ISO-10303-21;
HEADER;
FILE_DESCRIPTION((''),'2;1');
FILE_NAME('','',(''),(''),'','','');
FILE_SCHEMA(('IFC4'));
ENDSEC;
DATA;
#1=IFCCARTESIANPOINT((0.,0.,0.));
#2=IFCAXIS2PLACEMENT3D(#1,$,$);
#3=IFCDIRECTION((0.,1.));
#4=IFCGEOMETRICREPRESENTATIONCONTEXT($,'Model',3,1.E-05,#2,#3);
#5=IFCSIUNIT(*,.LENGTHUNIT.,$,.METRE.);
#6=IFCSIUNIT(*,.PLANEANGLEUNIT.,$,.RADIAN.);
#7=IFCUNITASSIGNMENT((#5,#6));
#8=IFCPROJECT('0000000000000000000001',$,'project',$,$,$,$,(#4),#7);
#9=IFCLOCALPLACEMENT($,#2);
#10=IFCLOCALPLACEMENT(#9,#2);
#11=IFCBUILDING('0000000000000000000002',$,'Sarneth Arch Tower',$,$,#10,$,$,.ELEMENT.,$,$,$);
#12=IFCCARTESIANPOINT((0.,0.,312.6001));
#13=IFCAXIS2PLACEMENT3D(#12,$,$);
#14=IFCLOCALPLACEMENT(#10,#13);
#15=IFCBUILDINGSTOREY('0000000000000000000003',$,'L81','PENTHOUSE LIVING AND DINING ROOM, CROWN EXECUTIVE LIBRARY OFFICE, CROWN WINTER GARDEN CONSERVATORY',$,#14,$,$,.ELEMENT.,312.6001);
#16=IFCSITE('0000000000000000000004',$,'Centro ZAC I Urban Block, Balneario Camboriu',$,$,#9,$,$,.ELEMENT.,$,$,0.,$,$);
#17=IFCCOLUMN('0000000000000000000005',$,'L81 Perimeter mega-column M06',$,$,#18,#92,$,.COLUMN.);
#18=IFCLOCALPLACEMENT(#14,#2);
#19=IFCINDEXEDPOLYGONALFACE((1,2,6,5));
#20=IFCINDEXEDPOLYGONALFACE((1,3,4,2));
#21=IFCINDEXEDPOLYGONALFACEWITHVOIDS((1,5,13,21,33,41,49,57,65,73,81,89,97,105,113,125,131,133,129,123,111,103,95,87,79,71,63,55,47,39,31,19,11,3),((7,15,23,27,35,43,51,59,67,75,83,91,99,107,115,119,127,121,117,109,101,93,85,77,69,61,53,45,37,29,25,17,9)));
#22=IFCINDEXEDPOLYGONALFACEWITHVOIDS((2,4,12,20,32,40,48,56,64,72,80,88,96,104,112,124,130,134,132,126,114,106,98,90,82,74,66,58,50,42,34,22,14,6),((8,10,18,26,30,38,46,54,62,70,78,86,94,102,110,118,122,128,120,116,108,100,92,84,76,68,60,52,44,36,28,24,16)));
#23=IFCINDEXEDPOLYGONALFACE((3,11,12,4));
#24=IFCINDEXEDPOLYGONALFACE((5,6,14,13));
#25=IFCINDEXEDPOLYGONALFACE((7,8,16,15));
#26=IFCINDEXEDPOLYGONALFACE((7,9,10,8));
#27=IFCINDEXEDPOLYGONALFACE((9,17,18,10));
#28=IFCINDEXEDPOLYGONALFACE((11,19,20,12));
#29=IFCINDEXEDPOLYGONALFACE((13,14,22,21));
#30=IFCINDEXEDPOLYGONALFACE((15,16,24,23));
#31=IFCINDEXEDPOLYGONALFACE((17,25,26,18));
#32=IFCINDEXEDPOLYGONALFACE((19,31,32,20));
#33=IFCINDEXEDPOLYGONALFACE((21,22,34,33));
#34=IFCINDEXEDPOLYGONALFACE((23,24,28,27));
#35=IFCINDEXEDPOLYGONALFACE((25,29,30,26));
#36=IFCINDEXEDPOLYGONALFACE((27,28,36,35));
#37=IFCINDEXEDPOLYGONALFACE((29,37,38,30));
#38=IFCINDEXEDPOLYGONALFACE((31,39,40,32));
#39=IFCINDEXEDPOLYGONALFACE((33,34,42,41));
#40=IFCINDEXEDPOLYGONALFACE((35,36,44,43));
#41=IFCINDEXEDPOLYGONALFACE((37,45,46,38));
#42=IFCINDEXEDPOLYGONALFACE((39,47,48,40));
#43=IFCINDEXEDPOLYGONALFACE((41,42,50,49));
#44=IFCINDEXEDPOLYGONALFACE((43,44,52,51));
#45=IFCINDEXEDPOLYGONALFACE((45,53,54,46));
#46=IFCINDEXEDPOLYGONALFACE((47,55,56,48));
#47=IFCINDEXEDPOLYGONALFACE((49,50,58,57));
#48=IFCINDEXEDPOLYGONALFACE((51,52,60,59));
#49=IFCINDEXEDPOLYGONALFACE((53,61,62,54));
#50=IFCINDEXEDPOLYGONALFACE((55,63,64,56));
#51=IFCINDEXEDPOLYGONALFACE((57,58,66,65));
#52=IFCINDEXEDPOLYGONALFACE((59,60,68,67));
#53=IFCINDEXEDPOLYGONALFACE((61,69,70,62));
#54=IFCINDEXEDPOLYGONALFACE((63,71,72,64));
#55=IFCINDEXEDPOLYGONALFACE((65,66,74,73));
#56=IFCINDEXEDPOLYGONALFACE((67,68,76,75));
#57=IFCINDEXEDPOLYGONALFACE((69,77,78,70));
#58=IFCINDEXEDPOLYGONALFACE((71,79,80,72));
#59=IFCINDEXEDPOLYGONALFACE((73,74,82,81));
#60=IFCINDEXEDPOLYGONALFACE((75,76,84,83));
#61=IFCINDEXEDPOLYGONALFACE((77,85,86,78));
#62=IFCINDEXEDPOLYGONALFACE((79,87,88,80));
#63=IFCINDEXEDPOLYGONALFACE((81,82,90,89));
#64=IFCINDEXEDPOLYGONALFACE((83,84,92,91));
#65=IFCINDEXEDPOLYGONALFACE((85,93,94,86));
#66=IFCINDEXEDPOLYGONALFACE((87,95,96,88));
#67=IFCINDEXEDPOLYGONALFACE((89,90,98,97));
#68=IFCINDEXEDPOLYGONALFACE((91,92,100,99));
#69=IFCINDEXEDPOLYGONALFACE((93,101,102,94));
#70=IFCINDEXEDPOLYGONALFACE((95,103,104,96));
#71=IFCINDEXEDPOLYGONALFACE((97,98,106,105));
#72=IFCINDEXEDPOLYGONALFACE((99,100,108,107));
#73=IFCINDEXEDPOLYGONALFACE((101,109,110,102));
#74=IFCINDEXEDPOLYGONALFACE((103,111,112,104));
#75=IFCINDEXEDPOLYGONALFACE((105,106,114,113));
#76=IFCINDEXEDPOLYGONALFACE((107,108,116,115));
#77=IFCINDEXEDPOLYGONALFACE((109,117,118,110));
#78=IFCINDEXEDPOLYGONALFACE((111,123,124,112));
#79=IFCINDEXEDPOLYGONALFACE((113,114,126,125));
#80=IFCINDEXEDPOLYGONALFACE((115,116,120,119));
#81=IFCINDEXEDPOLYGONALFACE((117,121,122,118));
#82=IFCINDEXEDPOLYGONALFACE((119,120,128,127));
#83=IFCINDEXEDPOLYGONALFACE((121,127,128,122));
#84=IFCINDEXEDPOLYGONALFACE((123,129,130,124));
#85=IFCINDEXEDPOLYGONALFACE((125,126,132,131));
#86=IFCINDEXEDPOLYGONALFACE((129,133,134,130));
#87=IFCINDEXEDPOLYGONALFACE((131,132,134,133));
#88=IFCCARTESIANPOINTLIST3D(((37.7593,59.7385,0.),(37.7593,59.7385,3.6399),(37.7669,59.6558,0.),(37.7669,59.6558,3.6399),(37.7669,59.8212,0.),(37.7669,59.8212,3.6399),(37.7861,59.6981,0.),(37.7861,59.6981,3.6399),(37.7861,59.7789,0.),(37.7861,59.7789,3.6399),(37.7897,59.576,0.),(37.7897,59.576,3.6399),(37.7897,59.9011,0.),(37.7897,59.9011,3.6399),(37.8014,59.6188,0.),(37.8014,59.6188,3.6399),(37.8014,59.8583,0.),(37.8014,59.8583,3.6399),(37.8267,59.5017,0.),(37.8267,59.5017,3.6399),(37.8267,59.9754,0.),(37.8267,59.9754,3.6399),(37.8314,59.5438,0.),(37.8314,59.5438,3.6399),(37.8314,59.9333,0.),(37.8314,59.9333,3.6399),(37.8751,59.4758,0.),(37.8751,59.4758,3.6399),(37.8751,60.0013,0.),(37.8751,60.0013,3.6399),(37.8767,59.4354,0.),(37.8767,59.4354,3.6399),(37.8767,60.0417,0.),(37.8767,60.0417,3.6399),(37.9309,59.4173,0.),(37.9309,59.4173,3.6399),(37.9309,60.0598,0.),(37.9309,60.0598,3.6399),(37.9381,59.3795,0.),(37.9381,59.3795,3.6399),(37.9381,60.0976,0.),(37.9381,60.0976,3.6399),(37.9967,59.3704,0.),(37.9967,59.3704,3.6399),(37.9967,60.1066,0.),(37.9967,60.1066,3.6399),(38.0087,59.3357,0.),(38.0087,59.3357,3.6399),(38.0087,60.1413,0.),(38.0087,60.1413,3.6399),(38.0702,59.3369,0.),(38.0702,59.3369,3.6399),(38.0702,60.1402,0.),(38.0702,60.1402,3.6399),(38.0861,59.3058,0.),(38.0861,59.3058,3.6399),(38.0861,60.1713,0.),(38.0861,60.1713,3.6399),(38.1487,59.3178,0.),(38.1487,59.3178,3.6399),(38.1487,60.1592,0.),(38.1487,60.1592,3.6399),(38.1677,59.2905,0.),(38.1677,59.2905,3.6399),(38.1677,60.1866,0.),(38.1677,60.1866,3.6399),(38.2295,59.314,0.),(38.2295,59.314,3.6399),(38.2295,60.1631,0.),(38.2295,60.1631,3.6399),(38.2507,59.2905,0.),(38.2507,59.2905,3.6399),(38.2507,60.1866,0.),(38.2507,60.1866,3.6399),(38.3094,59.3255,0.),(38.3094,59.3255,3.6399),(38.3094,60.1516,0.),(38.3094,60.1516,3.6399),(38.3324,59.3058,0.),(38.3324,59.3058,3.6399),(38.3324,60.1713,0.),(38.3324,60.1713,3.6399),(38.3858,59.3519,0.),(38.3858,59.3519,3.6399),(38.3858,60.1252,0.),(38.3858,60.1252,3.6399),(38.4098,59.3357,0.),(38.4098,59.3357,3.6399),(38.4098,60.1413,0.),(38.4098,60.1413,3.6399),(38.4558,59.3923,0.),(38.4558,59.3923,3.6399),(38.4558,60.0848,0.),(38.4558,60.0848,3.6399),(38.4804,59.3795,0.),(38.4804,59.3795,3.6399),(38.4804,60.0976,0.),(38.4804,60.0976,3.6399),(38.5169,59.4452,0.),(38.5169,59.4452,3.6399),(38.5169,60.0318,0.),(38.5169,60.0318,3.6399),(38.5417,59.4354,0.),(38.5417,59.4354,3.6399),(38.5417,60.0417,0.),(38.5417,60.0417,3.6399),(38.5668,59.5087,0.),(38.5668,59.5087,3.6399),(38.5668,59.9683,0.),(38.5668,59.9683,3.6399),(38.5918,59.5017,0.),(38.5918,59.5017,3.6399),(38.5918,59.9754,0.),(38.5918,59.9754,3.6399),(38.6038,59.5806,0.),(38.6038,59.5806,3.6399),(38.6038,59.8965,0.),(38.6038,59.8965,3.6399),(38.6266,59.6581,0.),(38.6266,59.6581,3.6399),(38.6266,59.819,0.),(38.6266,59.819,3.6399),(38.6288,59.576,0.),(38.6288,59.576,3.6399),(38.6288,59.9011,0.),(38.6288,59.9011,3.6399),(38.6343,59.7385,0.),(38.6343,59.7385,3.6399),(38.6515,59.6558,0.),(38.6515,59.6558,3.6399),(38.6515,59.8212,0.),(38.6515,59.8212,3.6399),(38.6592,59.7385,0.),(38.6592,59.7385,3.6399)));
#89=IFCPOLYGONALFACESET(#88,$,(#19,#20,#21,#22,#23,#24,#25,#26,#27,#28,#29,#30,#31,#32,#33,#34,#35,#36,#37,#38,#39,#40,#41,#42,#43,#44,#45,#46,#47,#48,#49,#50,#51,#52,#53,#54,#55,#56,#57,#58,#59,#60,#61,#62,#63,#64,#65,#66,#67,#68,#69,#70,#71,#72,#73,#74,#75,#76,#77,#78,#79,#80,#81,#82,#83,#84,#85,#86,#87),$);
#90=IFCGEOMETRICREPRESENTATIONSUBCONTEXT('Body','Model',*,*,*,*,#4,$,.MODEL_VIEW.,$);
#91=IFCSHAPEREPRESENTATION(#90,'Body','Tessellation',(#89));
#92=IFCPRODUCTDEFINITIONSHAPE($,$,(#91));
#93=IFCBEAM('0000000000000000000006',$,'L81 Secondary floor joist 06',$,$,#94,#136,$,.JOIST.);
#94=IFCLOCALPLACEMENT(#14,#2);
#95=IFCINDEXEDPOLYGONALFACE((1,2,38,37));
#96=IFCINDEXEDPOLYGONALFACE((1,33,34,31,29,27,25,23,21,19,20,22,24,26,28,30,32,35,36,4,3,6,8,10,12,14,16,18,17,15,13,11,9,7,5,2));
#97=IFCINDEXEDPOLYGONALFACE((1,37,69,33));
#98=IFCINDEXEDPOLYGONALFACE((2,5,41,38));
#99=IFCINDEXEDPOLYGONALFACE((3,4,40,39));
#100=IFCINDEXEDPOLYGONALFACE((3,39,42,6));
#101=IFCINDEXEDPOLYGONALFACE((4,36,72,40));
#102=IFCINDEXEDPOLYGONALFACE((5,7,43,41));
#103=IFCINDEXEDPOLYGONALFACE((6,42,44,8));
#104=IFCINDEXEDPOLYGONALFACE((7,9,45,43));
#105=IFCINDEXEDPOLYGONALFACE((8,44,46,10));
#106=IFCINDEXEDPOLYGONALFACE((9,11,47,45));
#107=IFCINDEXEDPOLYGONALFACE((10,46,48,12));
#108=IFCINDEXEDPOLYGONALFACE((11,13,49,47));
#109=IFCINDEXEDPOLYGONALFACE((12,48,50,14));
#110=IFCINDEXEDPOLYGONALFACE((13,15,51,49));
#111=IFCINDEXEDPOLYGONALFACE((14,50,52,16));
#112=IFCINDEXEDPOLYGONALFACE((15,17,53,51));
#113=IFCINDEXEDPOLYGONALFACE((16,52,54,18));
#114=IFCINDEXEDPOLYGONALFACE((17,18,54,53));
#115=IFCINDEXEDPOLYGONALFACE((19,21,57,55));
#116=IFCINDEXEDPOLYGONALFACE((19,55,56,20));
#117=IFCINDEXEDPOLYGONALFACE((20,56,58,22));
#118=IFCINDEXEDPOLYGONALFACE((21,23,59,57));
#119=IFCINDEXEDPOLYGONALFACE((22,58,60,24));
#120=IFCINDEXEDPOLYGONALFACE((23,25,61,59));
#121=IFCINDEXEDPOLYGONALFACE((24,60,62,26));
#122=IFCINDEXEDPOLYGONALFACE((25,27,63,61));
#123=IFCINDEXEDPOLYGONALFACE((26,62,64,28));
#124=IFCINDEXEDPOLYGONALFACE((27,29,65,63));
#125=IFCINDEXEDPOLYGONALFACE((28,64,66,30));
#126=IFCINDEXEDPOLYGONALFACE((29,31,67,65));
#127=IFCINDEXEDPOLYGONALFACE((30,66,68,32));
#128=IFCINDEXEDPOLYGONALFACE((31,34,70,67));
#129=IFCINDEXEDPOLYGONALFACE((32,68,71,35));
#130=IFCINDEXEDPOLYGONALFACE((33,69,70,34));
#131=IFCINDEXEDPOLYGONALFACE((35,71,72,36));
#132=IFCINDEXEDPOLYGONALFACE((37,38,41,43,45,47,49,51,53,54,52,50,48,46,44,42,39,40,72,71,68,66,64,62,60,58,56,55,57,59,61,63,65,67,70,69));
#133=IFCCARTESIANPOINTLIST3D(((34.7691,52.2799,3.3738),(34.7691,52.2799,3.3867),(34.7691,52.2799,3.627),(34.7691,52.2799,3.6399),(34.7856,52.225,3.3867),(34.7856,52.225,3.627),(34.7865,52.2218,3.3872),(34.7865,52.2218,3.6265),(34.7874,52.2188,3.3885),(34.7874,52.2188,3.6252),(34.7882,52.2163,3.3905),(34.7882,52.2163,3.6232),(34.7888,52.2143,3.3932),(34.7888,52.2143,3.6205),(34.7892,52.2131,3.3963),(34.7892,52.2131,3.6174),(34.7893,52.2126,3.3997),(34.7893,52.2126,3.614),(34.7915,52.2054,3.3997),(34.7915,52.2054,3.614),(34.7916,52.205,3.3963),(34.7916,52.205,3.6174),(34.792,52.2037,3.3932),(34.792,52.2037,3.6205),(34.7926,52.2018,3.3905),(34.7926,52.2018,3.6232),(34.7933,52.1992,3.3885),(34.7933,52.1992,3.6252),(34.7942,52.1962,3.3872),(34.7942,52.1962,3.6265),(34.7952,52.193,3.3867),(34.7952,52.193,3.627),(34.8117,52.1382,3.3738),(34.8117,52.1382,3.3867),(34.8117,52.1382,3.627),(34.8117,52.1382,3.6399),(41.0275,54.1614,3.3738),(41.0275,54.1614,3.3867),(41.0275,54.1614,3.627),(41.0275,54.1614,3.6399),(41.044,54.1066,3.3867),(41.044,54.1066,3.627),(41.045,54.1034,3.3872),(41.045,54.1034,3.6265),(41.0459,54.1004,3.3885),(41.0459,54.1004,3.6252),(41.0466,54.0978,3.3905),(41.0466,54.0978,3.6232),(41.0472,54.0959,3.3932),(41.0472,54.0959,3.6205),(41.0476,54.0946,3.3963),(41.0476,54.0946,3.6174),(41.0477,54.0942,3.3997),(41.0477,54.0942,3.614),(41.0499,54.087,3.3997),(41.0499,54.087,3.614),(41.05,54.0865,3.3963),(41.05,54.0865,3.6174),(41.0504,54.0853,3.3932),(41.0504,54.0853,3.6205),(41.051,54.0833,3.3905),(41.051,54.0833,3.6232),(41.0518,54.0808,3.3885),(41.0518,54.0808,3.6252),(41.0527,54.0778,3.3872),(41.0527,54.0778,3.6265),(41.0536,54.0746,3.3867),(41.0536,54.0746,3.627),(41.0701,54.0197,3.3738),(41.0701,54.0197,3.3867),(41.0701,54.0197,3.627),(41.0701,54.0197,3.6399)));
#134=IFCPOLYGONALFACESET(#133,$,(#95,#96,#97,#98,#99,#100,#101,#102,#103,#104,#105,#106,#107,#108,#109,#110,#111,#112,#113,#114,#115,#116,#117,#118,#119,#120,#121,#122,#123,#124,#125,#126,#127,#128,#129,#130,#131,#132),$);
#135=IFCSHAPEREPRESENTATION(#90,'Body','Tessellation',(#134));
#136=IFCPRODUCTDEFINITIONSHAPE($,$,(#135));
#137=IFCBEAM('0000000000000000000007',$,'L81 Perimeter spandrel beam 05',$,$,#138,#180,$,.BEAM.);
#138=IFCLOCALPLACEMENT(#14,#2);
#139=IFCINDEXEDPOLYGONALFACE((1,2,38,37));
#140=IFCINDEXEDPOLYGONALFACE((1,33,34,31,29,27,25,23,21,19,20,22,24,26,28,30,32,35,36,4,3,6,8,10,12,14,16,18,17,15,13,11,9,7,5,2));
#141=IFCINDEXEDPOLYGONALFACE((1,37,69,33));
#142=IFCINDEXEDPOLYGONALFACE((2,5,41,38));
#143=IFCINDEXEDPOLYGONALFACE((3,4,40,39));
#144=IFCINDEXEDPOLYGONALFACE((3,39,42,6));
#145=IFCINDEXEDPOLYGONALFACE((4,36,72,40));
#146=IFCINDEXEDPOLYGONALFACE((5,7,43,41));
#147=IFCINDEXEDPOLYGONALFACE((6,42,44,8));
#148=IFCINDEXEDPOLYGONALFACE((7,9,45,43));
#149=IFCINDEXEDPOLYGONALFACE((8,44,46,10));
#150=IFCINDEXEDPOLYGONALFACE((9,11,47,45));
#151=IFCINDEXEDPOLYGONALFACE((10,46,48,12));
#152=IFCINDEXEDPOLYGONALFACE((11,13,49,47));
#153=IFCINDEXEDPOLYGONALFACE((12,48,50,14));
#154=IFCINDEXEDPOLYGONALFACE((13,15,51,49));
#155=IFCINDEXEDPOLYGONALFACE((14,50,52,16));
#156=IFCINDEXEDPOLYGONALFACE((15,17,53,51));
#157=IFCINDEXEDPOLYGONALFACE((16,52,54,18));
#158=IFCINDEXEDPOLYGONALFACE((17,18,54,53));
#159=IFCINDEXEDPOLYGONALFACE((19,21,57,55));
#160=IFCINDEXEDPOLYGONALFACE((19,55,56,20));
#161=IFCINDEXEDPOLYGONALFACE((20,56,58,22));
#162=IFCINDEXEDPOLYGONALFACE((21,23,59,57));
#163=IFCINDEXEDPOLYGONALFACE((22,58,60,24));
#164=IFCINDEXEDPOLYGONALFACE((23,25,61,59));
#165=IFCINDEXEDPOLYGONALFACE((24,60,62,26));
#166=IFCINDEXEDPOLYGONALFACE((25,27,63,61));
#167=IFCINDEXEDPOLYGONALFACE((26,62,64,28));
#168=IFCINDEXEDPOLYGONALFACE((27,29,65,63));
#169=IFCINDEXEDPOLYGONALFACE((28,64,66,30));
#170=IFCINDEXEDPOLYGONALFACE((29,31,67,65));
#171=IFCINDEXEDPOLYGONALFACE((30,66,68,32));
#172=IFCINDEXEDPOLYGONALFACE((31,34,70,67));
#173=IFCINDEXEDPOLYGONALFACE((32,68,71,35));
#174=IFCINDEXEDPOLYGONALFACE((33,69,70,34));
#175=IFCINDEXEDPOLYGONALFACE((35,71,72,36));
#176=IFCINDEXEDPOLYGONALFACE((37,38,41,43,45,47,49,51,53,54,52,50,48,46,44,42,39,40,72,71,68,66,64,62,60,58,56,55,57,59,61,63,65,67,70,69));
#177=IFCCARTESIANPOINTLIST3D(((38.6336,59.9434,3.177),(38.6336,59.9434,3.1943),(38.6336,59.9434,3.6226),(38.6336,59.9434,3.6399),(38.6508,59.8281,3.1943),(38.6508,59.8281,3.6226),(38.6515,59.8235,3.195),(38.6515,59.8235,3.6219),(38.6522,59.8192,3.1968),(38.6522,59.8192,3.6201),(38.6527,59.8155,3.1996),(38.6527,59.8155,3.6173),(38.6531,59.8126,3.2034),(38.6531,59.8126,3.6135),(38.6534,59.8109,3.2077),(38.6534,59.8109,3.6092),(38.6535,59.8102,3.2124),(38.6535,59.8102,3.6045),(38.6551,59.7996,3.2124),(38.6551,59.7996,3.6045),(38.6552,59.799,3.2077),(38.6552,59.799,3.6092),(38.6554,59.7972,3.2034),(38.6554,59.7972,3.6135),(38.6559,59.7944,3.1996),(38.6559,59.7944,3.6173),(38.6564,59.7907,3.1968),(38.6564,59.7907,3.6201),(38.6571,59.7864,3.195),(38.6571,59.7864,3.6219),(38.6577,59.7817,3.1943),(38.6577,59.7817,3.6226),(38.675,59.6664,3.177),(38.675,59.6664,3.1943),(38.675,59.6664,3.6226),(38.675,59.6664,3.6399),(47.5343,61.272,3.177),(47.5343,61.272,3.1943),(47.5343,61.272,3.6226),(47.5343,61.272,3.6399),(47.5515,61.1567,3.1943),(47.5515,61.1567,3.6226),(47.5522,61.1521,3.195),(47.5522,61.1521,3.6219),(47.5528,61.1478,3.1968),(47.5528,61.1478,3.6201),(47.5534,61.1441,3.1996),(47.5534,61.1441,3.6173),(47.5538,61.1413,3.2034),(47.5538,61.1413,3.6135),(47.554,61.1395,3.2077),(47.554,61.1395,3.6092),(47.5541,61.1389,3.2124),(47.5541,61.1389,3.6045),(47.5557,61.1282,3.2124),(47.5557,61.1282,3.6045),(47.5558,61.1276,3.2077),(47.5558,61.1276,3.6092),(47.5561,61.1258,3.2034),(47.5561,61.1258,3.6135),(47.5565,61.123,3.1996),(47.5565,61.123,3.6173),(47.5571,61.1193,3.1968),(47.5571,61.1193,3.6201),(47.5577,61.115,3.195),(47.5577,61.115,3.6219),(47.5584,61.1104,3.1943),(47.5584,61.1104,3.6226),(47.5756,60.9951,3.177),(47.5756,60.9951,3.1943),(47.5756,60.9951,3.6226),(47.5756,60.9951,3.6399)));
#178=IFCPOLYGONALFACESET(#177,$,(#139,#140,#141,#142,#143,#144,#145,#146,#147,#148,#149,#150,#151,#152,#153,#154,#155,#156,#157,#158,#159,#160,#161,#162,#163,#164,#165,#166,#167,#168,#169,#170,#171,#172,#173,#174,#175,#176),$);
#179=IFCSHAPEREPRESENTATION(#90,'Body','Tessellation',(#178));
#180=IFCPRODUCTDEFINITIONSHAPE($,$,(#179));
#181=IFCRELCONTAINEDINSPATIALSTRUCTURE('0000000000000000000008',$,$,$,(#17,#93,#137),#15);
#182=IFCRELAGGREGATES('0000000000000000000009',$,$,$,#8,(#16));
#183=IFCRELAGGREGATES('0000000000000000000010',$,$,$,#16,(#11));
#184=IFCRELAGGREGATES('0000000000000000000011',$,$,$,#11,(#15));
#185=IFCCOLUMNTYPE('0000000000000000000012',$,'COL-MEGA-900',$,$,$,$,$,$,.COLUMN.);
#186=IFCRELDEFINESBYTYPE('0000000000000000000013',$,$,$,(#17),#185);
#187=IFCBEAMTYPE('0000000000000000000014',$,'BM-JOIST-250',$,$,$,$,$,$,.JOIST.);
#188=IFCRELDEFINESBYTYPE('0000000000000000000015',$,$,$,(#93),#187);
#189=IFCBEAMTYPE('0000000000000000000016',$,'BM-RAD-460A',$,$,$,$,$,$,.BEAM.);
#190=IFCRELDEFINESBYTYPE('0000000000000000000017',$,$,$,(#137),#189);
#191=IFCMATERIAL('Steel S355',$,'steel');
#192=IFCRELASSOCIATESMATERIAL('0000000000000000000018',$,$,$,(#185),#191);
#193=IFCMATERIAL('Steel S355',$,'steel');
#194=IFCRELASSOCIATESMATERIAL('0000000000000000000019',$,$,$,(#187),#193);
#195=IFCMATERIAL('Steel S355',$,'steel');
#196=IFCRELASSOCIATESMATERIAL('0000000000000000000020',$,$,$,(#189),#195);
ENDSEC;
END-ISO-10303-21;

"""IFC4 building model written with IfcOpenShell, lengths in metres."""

from ifc_helpers import new_model, si_unit, direction, frame, origin, origin_2d, place, context, subcontext, project, spatial, hollow_circle, i_section, extrude, material, material_profile, profile_set, type_object, element, save


model = new_model("IFC4")

# Units and contexts
model_context = context("Model", 3, precision=1e-05, world=origin(), true_north=direction((0.0, 1.0)))
body_context = subcontext(model_context, "Body", "Model", "MODEL_VIEW")
ifc_project = project(units=[si_unit("LENGTHUNIT", "METRE"), si_unit("PLANEANGLEUNIT", "RADIAN")], contexts=[model_context])

# Site, building, storey
site_placement = place(None, origin())
site = spatial("IfcSite", under=ifc_project, at=site_placement, Name="Centro ZAC I Urban Block, Balneario Camboriu", CompositionType="ELEMENT", RefElevation=0.0)
building_placement = place(site_placement, origin())
building = spatial("IfcBuilding", under=site, at=building_placement, Name="Sarneth Arch Tower", CompositionType="ELEMENT")
storey_placement = place(building_placement, frame((0.0, 0.0, 312.6001)))
storey = spatial("IfcBuildingStorey", under=building, at=storey_placement, Name="L81", Description="PENTHOUSE LIVING AND DINING ROOM, CROWN EXECUTIVE LIBRARY OFFICE, CROWN WINTER GARDEN CONSERVATORY", CompositionType="ELEMENT", Elevation=312.6001)

# Column
ifc_material_1 = material(Name="Steel S355", Category="steel")
ifc_material_profile_1 = material_profile(ifc_material_1, hollow_circle(Radius=0.45, WallThickness=0.0249, at=origin_2d()), Name="CHS900x25")
ifc_profile_set_1 = profile_set([ifc_material_profile_1], Name="Steel S355")
column_type = type_object("IfcColumnType", Name="COL-MEGA-900", PredefinedType="COLUMN", material=ifc_profile_set_1)
column_placement = place(storey_placement, frame((38.2092, 59.7385, 0.0), z_axis=(0.0, 0.0, 1.0), x_axis=(1.0, 0.0, 0.0)))
element("IfcColumn", 1, at=column_placement, inside=storey, type_object=column_type, Name="L81 Perimeter mega-column M06", PredefinedType="COLUMN", context=body_context, shape_type="SweptSolid", body=[
    extrude(hollow_circle(Radius=0.45, WallThickness=0.0249, at=origin_2d()), origin(), (0.0, 0.0, 1.0), 3.6399),
])

# Beams
ifc_material_2 = material(Name="Steel S355", Category="steel")
ifc_material_profile_2 = material_profile(ifc_material_2, i_section(OverallWidth=0.1479, OverallDepth=0.2661, WebThickness=0.0076, FlangeThickness=0.0129, FilletRadius=0.0129, at=origin_2d()), Name="W250x44.8")
ifc_profile_set_2 = profile_set([ifc_material_profile_2], Name="Steel S355")
beam_type_1 = type_object("IfcBeamType", Name="BM-JOIST-250", PredefinedType="JOIST", material=ifc_profile_set_2)
beam_1_placement = place(storey_placement, frame((41.0488, 54.0906, 3.5068), z_axis=(-0.957656, -0.287913, 0.0), x_axis=(0.287913, -0.957656, 0.0)))
element("IfcBeam", 2, at=beam_1_placement, inside=storey, type_object=beam_type_1, Name="L81 Secondary floor joist 06", PredefinedType="JOIST", context=body_context, shape_type="SweptSolid", body=[
    extrude(i_section(OverallWidth=0.1479, OverallDepth=0.2661, WebThickness=0.0076, FlangeThickness=0.0129, FilletRadius=0.0129, at=origin_2d()), origin(), (0.0, 0.0, 1.0), 6.5352),
])
ifc_material_3 = material(Name="Steel S355", Category="steel")
ifc_material_profile_3 = material_profile(ifc_material_3, i_section(OverallWidth=0.28, OverallDepth=0.4629, WebThickness=0.0107, FlangeThickness=0.0173, FilletRadius=0.0181, at=origin_2d()), Name="W460x113")
ifc_profile_set_3 = profile_set([ifc_material_profile_3], Name="Steel S355")
beam_type_2 = type_object("IfcBeamType", Name="BM-RAD-460A", PredefinedType="BEAM", material=ifc_profile_set_3)
beam_2_placement = place(storey_placement, frame((47.5549, 61.1335, 3.4084), z_axis=(-0.989042, -0.147636, 0.0), x_axis=(0.147636, -0.989042, 0.0)))
element("IfcBeam", 3, at=beam_2_placement, inside=storey, type_object=beam_type_2, Name="L81 Perimeter spandrel beam 05", PredefinedType="BEAM", context=body_context, shape_type="SweptSolid", body=[
    extrude(i_section(OverallWidth=0.28, OverallDepth=0.4629, WebThickness=0.0107, FlangeThickness=0.0173, FilletRadius=0.0181, at=origin_2d()), origin(), (0.0, 0.0, 1.0), 8.9993),
])

save(model, "model.ifc")
